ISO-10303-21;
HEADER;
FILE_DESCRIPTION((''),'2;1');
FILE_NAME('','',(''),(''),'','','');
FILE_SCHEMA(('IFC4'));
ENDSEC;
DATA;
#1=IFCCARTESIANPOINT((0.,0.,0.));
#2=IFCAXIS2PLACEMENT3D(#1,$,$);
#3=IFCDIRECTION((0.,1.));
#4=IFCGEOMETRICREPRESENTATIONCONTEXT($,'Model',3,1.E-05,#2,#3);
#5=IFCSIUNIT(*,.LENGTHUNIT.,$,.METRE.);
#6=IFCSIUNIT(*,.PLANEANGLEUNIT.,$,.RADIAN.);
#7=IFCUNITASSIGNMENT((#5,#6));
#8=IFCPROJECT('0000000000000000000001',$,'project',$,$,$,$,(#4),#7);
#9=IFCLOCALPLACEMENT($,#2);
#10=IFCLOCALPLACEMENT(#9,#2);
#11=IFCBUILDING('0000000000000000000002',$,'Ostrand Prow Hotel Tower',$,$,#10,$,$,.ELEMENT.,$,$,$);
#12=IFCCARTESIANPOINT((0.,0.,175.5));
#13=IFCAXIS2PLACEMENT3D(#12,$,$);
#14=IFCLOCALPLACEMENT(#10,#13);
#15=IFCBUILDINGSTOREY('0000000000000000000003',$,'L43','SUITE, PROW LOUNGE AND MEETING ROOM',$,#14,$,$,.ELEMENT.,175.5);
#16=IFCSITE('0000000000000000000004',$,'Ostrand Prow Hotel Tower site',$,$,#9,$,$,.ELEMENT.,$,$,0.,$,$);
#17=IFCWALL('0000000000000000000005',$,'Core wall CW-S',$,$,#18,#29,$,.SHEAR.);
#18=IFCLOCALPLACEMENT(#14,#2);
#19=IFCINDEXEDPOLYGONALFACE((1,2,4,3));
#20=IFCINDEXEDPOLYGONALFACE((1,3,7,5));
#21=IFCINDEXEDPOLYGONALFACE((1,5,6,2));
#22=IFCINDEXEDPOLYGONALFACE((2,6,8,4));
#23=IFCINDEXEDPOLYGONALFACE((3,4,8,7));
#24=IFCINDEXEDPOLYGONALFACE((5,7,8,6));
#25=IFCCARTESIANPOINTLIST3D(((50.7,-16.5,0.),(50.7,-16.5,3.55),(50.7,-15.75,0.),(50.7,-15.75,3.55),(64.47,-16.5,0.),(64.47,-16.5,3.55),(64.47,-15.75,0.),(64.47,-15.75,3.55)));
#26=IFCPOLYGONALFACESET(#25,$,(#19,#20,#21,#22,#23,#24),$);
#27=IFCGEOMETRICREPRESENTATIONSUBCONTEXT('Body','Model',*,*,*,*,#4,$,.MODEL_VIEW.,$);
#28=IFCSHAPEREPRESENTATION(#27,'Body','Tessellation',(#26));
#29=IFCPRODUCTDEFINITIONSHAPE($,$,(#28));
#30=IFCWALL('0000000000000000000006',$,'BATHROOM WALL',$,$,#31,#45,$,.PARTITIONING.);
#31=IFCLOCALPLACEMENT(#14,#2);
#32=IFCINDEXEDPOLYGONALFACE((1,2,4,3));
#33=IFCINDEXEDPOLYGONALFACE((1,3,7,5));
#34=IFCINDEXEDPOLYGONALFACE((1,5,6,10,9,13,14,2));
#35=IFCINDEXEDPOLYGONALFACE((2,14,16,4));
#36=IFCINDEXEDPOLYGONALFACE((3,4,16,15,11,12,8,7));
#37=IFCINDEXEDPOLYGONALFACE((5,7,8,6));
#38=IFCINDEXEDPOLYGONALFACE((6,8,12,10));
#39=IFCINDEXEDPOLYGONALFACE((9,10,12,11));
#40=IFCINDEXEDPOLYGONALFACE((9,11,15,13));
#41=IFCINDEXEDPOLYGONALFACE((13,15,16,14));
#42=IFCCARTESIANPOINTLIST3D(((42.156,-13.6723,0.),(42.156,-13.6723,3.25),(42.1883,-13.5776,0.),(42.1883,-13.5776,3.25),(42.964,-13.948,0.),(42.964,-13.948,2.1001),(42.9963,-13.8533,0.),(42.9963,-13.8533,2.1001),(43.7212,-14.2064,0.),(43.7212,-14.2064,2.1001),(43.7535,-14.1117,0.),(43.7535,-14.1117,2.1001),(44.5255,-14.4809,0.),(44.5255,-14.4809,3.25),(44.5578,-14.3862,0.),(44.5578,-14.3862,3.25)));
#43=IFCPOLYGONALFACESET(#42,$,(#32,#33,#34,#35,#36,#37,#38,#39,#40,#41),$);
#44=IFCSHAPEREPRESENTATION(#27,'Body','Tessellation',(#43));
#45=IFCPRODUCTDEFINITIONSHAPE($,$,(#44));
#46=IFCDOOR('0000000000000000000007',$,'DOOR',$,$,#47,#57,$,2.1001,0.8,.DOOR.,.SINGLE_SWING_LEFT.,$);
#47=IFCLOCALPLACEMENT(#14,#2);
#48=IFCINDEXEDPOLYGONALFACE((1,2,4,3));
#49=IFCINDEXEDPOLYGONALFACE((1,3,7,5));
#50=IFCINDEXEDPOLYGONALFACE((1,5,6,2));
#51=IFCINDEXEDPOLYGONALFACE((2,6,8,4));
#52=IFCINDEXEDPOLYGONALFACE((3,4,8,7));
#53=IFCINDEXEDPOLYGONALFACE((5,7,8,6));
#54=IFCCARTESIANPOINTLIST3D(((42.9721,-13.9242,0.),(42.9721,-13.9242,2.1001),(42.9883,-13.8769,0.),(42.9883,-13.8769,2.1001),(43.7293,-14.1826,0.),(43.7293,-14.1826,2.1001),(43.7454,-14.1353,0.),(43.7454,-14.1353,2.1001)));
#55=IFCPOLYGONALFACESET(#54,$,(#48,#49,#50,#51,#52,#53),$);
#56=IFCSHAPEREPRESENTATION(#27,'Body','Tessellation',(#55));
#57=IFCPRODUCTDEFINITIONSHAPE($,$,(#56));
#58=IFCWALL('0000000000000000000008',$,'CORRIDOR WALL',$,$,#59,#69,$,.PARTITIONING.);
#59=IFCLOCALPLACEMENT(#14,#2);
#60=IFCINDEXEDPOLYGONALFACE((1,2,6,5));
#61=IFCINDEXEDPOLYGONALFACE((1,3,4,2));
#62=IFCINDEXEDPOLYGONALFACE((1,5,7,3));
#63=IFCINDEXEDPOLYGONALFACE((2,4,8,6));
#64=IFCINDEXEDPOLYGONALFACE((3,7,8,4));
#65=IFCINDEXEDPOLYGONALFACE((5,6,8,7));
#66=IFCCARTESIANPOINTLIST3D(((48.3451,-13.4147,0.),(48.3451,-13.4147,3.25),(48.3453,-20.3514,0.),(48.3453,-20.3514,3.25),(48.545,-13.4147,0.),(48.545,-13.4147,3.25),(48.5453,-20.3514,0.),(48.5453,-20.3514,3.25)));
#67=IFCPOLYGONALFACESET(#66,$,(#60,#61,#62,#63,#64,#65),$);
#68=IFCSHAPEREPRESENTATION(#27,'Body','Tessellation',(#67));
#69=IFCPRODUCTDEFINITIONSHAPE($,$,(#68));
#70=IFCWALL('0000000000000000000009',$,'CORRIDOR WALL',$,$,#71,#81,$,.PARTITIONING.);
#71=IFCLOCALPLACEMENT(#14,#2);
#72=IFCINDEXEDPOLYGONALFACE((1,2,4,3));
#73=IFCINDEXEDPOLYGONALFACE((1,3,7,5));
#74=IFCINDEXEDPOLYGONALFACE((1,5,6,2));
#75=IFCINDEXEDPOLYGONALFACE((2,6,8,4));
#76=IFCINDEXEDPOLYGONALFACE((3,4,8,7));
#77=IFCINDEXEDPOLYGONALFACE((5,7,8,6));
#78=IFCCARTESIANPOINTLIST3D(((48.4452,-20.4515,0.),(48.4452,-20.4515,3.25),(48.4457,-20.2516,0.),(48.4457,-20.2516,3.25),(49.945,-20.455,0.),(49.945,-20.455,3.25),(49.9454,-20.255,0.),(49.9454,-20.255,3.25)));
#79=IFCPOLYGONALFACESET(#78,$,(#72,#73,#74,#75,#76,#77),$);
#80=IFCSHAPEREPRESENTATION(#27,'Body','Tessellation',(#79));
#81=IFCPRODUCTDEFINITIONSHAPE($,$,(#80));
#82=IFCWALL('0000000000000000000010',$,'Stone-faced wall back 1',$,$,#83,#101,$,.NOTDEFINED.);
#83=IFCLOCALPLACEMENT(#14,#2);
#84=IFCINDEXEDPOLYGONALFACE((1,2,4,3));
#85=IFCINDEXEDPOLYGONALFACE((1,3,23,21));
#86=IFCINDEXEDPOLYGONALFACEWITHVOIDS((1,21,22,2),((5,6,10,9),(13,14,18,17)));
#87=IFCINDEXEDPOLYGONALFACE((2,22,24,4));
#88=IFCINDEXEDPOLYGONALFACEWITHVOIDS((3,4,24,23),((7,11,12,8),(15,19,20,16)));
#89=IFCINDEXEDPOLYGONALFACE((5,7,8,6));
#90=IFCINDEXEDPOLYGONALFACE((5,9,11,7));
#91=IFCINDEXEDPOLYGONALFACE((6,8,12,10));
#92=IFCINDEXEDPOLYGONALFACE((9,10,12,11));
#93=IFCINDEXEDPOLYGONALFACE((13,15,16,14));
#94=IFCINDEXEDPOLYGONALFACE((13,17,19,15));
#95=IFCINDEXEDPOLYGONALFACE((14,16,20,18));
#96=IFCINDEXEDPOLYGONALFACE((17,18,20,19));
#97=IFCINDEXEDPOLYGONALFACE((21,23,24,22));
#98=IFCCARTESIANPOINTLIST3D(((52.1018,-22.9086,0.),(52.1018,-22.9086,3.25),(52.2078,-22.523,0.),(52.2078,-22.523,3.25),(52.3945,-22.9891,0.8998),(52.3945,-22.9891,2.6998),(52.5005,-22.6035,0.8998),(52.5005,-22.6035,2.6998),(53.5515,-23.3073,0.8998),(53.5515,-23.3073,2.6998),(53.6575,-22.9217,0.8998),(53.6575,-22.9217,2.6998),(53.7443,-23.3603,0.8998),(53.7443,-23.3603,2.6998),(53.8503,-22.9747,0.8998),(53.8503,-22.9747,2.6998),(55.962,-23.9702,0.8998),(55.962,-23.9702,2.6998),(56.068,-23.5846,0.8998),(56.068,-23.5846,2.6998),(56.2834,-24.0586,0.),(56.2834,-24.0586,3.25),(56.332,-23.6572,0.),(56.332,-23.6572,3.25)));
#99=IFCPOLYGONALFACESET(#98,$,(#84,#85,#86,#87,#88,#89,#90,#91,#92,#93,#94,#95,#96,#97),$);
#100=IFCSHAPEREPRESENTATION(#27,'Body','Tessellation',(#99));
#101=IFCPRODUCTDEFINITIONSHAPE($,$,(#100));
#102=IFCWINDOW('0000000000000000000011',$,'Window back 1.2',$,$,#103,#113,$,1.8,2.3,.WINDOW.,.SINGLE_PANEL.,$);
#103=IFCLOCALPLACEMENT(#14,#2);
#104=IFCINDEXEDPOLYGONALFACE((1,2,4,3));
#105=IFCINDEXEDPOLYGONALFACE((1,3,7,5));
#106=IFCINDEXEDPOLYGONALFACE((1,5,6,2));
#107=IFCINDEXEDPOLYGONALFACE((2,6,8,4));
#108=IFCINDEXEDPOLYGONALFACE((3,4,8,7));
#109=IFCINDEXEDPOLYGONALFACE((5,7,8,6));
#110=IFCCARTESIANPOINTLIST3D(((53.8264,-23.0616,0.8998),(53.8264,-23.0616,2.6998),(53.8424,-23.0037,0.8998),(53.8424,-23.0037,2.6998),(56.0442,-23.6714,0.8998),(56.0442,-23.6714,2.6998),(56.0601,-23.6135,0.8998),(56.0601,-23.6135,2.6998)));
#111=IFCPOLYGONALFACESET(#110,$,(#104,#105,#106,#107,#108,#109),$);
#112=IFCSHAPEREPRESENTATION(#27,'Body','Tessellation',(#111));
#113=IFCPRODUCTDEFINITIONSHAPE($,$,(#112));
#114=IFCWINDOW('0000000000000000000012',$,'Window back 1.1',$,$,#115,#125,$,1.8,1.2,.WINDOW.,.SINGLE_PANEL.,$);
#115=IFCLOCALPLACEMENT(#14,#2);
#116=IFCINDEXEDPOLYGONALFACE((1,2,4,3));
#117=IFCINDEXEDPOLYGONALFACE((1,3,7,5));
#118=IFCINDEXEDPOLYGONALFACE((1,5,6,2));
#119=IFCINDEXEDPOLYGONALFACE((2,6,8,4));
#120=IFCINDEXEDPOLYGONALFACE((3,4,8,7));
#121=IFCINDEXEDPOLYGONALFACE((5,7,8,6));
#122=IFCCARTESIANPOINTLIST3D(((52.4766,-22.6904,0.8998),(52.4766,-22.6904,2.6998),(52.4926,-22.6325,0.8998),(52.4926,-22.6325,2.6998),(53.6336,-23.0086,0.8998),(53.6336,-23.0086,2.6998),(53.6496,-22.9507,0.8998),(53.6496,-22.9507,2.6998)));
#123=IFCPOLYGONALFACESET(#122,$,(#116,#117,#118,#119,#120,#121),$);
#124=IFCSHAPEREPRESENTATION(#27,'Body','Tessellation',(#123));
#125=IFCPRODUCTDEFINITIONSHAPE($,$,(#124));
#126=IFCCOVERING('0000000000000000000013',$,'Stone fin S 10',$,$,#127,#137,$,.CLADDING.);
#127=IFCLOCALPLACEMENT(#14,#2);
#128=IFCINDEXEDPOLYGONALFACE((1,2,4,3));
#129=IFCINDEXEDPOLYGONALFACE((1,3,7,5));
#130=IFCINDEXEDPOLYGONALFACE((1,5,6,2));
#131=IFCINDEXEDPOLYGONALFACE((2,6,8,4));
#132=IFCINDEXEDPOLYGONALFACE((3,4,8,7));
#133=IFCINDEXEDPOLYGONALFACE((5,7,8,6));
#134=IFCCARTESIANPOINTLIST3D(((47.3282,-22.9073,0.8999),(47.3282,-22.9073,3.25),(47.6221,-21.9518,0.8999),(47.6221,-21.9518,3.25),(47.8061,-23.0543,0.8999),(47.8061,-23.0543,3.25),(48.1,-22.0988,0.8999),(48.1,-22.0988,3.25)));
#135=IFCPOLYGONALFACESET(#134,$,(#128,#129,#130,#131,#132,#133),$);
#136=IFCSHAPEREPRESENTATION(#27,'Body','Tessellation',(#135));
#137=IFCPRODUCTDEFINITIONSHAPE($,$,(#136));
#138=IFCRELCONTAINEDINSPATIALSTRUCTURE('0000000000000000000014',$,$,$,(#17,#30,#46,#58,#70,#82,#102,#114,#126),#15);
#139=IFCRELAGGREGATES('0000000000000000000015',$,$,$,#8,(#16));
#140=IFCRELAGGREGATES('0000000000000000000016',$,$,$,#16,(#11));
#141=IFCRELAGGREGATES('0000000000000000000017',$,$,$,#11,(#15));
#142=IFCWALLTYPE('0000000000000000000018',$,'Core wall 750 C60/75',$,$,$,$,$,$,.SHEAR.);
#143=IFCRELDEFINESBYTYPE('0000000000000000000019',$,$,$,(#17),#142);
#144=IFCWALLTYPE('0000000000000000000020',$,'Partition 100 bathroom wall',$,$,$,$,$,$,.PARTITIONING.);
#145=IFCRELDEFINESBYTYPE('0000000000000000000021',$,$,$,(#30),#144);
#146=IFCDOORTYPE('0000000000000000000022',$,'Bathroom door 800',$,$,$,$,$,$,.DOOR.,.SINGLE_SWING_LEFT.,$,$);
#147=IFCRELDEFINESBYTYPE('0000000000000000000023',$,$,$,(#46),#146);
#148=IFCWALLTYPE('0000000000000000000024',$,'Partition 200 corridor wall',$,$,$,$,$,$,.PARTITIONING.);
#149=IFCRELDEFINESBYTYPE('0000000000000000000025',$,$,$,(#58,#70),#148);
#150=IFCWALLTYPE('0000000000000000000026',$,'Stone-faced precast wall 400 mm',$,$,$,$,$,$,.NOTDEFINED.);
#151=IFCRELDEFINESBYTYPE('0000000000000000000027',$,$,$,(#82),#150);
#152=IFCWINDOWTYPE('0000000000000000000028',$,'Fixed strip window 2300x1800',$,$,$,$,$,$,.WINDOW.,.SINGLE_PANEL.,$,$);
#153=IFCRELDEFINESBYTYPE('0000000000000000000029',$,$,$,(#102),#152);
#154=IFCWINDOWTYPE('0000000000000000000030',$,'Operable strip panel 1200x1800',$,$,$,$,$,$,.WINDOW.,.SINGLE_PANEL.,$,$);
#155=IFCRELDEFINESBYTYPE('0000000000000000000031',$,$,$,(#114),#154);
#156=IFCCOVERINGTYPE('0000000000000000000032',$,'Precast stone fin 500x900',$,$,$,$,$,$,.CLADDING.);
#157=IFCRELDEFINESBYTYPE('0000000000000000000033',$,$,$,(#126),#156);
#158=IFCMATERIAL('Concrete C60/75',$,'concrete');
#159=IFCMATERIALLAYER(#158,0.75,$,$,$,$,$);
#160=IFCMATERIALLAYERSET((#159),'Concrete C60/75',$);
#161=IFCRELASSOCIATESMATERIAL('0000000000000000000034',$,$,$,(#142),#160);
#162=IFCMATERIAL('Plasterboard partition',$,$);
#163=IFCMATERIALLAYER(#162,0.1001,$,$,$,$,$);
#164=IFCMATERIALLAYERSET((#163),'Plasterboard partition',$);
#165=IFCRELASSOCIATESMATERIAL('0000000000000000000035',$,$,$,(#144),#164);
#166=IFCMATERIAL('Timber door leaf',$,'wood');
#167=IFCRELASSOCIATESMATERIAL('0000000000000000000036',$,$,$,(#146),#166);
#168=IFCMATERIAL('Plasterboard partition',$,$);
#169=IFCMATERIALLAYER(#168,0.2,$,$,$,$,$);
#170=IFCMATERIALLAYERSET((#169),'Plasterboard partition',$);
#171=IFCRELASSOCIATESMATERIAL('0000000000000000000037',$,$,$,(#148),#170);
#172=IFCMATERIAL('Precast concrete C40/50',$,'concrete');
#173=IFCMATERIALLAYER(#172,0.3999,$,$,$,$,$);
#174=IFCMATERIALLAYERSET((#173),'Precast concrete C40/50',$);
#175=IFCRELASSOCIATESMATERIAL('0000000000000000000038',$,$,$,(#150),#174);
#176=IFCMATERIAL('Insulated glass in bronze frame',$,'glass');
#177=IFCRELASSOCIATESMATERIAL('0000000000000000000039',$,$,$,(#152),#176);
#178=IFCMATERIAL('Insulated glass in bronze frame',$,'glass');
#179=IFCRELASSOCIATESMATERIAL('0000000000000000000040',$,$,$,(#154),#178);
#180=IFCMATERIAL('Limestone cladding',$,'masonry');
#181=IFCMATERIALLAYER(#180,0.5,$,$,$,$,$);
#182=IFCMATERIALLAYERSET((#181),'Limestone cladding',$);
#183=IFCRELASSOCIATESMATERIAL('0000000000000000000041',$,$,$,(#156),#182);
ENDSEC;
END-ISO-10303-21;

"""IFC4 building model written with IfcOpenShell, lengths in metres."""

from ifc_helpers import new_model, si_unit, direction, frame, frame_2d, origin, place, context, subcontext, project, spatial, polyline, rectangle, outline, extrude, material, layer, layer_set, type_object, element, fill, save


model = new_model("IFC4")

# Units and contexts
model_context = context("Model", 3, precision=1e-05, world=origin(), true_north=direction((0.0, 1.0)))
body_context = subcontext(model_context, "Body", "Model", "MODEL_VIEW")
ifc_project = project(units=[si_unit("LENGTHUNIT", "METRE"), si_unit("PLANEANGLEUNIT", "RADIAN")], contexts=[model_context])

# Site, building, storey
site_placement = place(None, origin())
site = spatial("IfcSite", under=ifc_project, at=site_placement, Name="Ostrand Prow Hotel Tower site", CompositionType="ELEMENT", RefElevation=0.0)
building_placement = place(site_placement, origin())
building = spatial("IfcBuilding", under=site, at=building_placement, Name="Ostrand Prow Hotel Tower", CompositionType="ELEMENT")
storey_placement = place(building_placement, frame((0.0, 0.0, 175.5)))
storey = spatial("IfcBuildingStorey", under=building, at=storey_placement, Name="L43", Description="SUITE, PROW LOUNGE AND MEETING ROOM", CompositionType="ELEMENT", Elevation=175.5)

# Shared definitions
ifc_material_1 = material(Name="Concrete C60/75", Category="concrete")
ifc_layer_1 = layer(ifc_material_1, 0.75)
ifc_layer_set_1 = layer_set([ifc_layer_1], Name="Concrete C60/75")
wall_type_1 = type_object("IfcWallType", Name="Core wall 750 C60/75", PredefinedType="SHEAR", material=ifc_layer_set_1)

# Wall
wall_1_placement = place(storey_placement, frame((50.7, -16.125, 0.0), z_axis=(0.0, 0.0, 1.0), x_axis=(1.0, 0.0, 0.0)))
element("IfcWall", 1, at=wall_1_placement, inside=storey, type_object=wall_type_1, Name="Core wall CW-S", PredefinedType="SHEAR", context=body_context, shape_type="SweptSolid", body=[
    extrude(rectangle(XDim=13.77, YDim=0.75, at=frame_2d((6.885, 0.0))), origin(), (0.0, 0.0, 1.0), 3.55),
])

# Wall, opening, door
ifc_material_2 = material(Name="Plasterboard partition")
ifc_layer_2 = layer(ifc_material_2, 0.1001)
ifc_layer_set_2 = layer_set([ifc_layer_2], Name="Plasterboard partition")
wall_type_2 = type_object("IfcWallType", Name="Partition 100 bathroom wall", PredefinedType="PARTITIONING", material=ifc_layer_set_2)
wall_2_placement = place(storey_placement, frame((44.5417, -14.4336, 0.0), z_axis=(0.0, 0.0, 1.0), x_axis=(-0.946407, 0.322978, 0.0)))
wall_2 = element("IfcWall", 2, at=wall_2_placement, inside=storey, type_object=wall_type_2, Name="BATHROOM WALL", PredefinedType="PARTITIONING", context=body_context, shape_type="SweptSolid", body=[
    extrude(rectangle(XDim=2.5037, YDim=0.1001, at=frame_2d((1.252, 0.0))), origin(), (0.0, 0.0, 1.0), 3.25),
])
opening_1_placement = place(wall_2_placement, frame((0.8501, 0.0, 0.0)))
opening_1 = element("IfcOpeningElement", 3, at=opening_1_placement, cuts=wall_2, PredefinedType="OPENING", context=body_context, shape_type="SweptSolid", body=[
    extrude(rectangle(XDim=0.8, YDim=2.1001, at=frame_2d((0.3999, 1.05))), frame((0.0, 0.0601, 0.0), z_axis=(0.0, -1.0, 0.0), x_axis=(1.0, 0.0, 0.0)), (0.0, 0.0, 1.0), 0.1201),
])
ifc_material_3 = material(Name="Timber door leaf", Category="wood")
door_type_1 = type_object("IfcDoorType", Name="Bathroom door 800", OperationType="SINGLE_SWING_LEFT", PredefinedType="DOOR", material=ifc_material_3)
door_1_placement = place(opening_1_placement, origin())
door_1 = element("IfcDoor", 4, at=door_1_placement, inside=storey, type_object=door_type_1, Name="DOOR", OperationType="SINGLE_SWING_LEFT", OverallHeight=2.1001, OverallWidth=0.8, PredefinedType="DOOR", context=body_context, shape_type="SweptSolid", body=[
    extrude(rectangle(XDim=0.8, YDim=2.1001, at=frame_2d((0.3999, 1.05))), frame((0.0, 0.0249, 0.0), z_axis=(0.0, -1.0, 0.0), x_axis=(1.0, 0.0, 0.0)), (0.0, 0.0, 1.0), 0.05),
])
fill(opening_1, door_1)

# Walls
ifc_material_4 = material(Name="Plasterboard partition")
ifc_layer_3 = layer(ifc_material_4, 0.2)
ifc_layer_set_3 = layer_set([ifc_layer_3], Name="Plasterboard partition")
wall_type_3 = type_object("IfcWallType", Name="Partition 200 corridor wall", PredefinedType="PARTITIONING", material=ifc_layer_set_3)
wall_3_placement = place(storey_placement, frame((48.4451, -13.4148, 0.0), z_axis=(0.0, 0.0, 1.0), x_axis=(0.000035, -1.0, 0.0)))
element("IfcWall", 5, at=wall_3_placement, inside=storey, type_object=wall_type_3, Name="CORRIDOR WALL", PredefinedType="PARTITIONING", context=body_context, shape_type="SweptSolid", body=[
    extrude(rectangle(XDim=6.9368, YDim=0.2, at=frame_2d((3.4683, 0.0))), origin(), (0.0, 0.0, 1.0), 3.25),
])
wall_4_placement = place(storey_placement, frame((48.4453, -20.3516, 0.0), z_axis=(0.0, 0.0, 1.0), x_axis=(0.999997, -0.002279, 0.0)))
element("IfcWall", 6, at=wall_4_placement, inside=storey, type_object=wall_type_3, Name="CORRIDOR WALL", PredefinedType="PARTITIONING", context=body_context, shape_type="SweptSolid", body=[
    extrude(rectangle(XDim=1.4998, YDim=0.2, at=frame_2d((0.75, 0.0))), origin(), (0.0, 0.0, 1.0), 3.25),
])

# Wall, openings, windows
ifc_material_5 = material(Name="Precast concrete C40/50", Category="concrete")
ifc_layer_4 = layer(ifc_material_5, 0.3999)
ifc_layer_set_4 = layer_set([ifc_layer_4], Name="Precast concrete C40/50")
wall_type_4 = type_object("IfcWallType", Name="Stone-faced precast wall 400 mm", PredefinedType="NOTDEFINED", material=ifc_layer_set_4)
wall_5_placement = place(storey_placement, frame((52.1548, -22.7158, 0.0), z_axis=(0.0, 0.0, 1.0), x_axis=(0.964206, -0.265155, 0.0)))
wall_5 = element("IfcWall", 7, at=wall_5_placement, inside=storey, type_object=wall_type_4, Name="Stone-faced wall back 1", PredefinedType="NOTDEFINED", context=body_context, shape_type="SweptSolid", body=[
    extrude(outline(polyline([(0.0, -0.2), (4.3369, -0.2), (4.2773, 0.2), (0.0, 0.2), (0.0, -0.2)])), origin(), (0.0, 0.0, 1.0), 3.25),
])
opening_2_placement = place(wall_5_placement, frame((0.3035, 0.0, 0.8999)))
opening_2 = element("IfcOpeningElement", 8, at=opening_2_placement, cuts=wall_5, PredefinedType="OPENING", context=body_context, shape_type="SweptSolid", body=[
    extrude(rectangle(XDim=1.2, YDim=1.8, at=frame_2d((0.6001, 0.8999))), frame((0.0, 0.21, 0.0), z_axis=(0.0, -1.0, 0.0), x_axis=(1.0, 0.0, 0.0)), (0.0, 0.0, 1.0), 0.4199),
])
opening_3_placement = place(wall_5_placement, frame((1.7036, 0.0, 0.8999)))
opening_3 = element("IfcOpeningElement", 9, at=opening_3_placement, cuts=wall_5, PredefinedType="OPENING", context=body_context, shape_type="SweptSolid", body=[
    extrude(rectangle(XDim=2.3, YDim=1.8, at=frame_2d((1.1499, 0.8999))), frame((0.0, 0.21, 0.0), z_axis=(0.0, -1.0, 0.0), x_axis=(1.0, 0.0, 0.0)), (0.0, 0.0, 1.0), 0.4199),
])
ifc_material_6 = material(Name="Insulated glass in bronze frame", Category="glass")
window_type_1 = type_object("IfcWindowType", Name="Fixed strip window 2300x1800", PartitioningType="SINGLE_PANEL", PredefinedType="WINDOW", material=ifc_material_6)
window_1_placement = place(opening_3_placement, origin())
window_1 = element("IfcWindow", 10, at=window_1_placement, inside=storey, type_object=window_type_1, Name="Window back 1.2", OverallHeight=1.8, OverallWidth=2.3, PartitioningType="SINGLE_PANEL", PredefinedType="WINDOW", context=body_context, shape_type="SweptSolid", body=[
    extrude(rectangle(XDim=2.3, YDim=1.8, at=frame_2d((1.1499, 0.8999))), frame((0.0, 0.1699, 0.0), z_axis=(0.0, -1.0, 0.0), x_axis=(1.0, 0.0, 0.0)), (0.0, 0.0, 1.0), 0.0601),
])
fill(opening_3, window_1)
ifc_material_7 = material(Name="Insulated glass in bronze frame", Category="glass")
window_type_2 = type_object("IfcWindowType", Name="Operable strip panel 1200x1800", PartitioningType="SINGLE_PANEL", PredefinedType="WINDOW", material=ifc_material_7)
window_2_placement = place(opening_2_placement, origin())
window_2 = element("IfcWindow", 11, at=window_2_placement, inside=storey, type_object=window_type_2, Name="Window back 1.1", OverallHeight=1.8, OverallWidth=1.2, PartitioningType="SINGLE_PANEL", PredefinedType="WINDOW", context=body_context, shape_type="SweptSolid", body=[
    extrude(rectangle(XDim=1.2, YDim=1.8, at=frame_2d((0.6001, 0.8999))), frame((0.0, 0.1699, 0.0), z_axis=(0.0, -1.0, 0.0), x_axis=(1.0, 0.0, 0.0)), (0.0, 0.0, 1.0), 0.0601),
])
fill(opening_2, window_2)

# Covering
ifc_material_8 = material(Name="Limestone cladding", Category="masonry")
ifc_layer_5 = layer(ifc_material_8, 0.5)
ifc_layer_set_5 = layer_set([ifc_layer_5], Name="Limestone cladding")
covering_type = type_object("IfcCoveringType", Name="Precast stone fin 500x900", PredefinedType="CLADDING", material=ifc_layer_set_5)
covering_placement = place(storey_placement, frame((47.8611, -22.0251, 0.8999), z_axis=(0.0, 0.0, 1.0), x_axis=(-0.294017, -0.9558, 0.0)))
element("IfcCovering", 12, at=covering_placement, inside=storey, type_object=covering_type, Name="Stone fin S 10", PredefinedType="CLADDING", context=body_context, shape_type="SweptSolid", body=[
    extrude(rectangle(XDim=0.9998, YDim=0.5, at=frame_2d((0.5, 0.0))), origin(), (0.0, 0.0, 1.0), 2.3501),
])

save(model, "model.ifc")
